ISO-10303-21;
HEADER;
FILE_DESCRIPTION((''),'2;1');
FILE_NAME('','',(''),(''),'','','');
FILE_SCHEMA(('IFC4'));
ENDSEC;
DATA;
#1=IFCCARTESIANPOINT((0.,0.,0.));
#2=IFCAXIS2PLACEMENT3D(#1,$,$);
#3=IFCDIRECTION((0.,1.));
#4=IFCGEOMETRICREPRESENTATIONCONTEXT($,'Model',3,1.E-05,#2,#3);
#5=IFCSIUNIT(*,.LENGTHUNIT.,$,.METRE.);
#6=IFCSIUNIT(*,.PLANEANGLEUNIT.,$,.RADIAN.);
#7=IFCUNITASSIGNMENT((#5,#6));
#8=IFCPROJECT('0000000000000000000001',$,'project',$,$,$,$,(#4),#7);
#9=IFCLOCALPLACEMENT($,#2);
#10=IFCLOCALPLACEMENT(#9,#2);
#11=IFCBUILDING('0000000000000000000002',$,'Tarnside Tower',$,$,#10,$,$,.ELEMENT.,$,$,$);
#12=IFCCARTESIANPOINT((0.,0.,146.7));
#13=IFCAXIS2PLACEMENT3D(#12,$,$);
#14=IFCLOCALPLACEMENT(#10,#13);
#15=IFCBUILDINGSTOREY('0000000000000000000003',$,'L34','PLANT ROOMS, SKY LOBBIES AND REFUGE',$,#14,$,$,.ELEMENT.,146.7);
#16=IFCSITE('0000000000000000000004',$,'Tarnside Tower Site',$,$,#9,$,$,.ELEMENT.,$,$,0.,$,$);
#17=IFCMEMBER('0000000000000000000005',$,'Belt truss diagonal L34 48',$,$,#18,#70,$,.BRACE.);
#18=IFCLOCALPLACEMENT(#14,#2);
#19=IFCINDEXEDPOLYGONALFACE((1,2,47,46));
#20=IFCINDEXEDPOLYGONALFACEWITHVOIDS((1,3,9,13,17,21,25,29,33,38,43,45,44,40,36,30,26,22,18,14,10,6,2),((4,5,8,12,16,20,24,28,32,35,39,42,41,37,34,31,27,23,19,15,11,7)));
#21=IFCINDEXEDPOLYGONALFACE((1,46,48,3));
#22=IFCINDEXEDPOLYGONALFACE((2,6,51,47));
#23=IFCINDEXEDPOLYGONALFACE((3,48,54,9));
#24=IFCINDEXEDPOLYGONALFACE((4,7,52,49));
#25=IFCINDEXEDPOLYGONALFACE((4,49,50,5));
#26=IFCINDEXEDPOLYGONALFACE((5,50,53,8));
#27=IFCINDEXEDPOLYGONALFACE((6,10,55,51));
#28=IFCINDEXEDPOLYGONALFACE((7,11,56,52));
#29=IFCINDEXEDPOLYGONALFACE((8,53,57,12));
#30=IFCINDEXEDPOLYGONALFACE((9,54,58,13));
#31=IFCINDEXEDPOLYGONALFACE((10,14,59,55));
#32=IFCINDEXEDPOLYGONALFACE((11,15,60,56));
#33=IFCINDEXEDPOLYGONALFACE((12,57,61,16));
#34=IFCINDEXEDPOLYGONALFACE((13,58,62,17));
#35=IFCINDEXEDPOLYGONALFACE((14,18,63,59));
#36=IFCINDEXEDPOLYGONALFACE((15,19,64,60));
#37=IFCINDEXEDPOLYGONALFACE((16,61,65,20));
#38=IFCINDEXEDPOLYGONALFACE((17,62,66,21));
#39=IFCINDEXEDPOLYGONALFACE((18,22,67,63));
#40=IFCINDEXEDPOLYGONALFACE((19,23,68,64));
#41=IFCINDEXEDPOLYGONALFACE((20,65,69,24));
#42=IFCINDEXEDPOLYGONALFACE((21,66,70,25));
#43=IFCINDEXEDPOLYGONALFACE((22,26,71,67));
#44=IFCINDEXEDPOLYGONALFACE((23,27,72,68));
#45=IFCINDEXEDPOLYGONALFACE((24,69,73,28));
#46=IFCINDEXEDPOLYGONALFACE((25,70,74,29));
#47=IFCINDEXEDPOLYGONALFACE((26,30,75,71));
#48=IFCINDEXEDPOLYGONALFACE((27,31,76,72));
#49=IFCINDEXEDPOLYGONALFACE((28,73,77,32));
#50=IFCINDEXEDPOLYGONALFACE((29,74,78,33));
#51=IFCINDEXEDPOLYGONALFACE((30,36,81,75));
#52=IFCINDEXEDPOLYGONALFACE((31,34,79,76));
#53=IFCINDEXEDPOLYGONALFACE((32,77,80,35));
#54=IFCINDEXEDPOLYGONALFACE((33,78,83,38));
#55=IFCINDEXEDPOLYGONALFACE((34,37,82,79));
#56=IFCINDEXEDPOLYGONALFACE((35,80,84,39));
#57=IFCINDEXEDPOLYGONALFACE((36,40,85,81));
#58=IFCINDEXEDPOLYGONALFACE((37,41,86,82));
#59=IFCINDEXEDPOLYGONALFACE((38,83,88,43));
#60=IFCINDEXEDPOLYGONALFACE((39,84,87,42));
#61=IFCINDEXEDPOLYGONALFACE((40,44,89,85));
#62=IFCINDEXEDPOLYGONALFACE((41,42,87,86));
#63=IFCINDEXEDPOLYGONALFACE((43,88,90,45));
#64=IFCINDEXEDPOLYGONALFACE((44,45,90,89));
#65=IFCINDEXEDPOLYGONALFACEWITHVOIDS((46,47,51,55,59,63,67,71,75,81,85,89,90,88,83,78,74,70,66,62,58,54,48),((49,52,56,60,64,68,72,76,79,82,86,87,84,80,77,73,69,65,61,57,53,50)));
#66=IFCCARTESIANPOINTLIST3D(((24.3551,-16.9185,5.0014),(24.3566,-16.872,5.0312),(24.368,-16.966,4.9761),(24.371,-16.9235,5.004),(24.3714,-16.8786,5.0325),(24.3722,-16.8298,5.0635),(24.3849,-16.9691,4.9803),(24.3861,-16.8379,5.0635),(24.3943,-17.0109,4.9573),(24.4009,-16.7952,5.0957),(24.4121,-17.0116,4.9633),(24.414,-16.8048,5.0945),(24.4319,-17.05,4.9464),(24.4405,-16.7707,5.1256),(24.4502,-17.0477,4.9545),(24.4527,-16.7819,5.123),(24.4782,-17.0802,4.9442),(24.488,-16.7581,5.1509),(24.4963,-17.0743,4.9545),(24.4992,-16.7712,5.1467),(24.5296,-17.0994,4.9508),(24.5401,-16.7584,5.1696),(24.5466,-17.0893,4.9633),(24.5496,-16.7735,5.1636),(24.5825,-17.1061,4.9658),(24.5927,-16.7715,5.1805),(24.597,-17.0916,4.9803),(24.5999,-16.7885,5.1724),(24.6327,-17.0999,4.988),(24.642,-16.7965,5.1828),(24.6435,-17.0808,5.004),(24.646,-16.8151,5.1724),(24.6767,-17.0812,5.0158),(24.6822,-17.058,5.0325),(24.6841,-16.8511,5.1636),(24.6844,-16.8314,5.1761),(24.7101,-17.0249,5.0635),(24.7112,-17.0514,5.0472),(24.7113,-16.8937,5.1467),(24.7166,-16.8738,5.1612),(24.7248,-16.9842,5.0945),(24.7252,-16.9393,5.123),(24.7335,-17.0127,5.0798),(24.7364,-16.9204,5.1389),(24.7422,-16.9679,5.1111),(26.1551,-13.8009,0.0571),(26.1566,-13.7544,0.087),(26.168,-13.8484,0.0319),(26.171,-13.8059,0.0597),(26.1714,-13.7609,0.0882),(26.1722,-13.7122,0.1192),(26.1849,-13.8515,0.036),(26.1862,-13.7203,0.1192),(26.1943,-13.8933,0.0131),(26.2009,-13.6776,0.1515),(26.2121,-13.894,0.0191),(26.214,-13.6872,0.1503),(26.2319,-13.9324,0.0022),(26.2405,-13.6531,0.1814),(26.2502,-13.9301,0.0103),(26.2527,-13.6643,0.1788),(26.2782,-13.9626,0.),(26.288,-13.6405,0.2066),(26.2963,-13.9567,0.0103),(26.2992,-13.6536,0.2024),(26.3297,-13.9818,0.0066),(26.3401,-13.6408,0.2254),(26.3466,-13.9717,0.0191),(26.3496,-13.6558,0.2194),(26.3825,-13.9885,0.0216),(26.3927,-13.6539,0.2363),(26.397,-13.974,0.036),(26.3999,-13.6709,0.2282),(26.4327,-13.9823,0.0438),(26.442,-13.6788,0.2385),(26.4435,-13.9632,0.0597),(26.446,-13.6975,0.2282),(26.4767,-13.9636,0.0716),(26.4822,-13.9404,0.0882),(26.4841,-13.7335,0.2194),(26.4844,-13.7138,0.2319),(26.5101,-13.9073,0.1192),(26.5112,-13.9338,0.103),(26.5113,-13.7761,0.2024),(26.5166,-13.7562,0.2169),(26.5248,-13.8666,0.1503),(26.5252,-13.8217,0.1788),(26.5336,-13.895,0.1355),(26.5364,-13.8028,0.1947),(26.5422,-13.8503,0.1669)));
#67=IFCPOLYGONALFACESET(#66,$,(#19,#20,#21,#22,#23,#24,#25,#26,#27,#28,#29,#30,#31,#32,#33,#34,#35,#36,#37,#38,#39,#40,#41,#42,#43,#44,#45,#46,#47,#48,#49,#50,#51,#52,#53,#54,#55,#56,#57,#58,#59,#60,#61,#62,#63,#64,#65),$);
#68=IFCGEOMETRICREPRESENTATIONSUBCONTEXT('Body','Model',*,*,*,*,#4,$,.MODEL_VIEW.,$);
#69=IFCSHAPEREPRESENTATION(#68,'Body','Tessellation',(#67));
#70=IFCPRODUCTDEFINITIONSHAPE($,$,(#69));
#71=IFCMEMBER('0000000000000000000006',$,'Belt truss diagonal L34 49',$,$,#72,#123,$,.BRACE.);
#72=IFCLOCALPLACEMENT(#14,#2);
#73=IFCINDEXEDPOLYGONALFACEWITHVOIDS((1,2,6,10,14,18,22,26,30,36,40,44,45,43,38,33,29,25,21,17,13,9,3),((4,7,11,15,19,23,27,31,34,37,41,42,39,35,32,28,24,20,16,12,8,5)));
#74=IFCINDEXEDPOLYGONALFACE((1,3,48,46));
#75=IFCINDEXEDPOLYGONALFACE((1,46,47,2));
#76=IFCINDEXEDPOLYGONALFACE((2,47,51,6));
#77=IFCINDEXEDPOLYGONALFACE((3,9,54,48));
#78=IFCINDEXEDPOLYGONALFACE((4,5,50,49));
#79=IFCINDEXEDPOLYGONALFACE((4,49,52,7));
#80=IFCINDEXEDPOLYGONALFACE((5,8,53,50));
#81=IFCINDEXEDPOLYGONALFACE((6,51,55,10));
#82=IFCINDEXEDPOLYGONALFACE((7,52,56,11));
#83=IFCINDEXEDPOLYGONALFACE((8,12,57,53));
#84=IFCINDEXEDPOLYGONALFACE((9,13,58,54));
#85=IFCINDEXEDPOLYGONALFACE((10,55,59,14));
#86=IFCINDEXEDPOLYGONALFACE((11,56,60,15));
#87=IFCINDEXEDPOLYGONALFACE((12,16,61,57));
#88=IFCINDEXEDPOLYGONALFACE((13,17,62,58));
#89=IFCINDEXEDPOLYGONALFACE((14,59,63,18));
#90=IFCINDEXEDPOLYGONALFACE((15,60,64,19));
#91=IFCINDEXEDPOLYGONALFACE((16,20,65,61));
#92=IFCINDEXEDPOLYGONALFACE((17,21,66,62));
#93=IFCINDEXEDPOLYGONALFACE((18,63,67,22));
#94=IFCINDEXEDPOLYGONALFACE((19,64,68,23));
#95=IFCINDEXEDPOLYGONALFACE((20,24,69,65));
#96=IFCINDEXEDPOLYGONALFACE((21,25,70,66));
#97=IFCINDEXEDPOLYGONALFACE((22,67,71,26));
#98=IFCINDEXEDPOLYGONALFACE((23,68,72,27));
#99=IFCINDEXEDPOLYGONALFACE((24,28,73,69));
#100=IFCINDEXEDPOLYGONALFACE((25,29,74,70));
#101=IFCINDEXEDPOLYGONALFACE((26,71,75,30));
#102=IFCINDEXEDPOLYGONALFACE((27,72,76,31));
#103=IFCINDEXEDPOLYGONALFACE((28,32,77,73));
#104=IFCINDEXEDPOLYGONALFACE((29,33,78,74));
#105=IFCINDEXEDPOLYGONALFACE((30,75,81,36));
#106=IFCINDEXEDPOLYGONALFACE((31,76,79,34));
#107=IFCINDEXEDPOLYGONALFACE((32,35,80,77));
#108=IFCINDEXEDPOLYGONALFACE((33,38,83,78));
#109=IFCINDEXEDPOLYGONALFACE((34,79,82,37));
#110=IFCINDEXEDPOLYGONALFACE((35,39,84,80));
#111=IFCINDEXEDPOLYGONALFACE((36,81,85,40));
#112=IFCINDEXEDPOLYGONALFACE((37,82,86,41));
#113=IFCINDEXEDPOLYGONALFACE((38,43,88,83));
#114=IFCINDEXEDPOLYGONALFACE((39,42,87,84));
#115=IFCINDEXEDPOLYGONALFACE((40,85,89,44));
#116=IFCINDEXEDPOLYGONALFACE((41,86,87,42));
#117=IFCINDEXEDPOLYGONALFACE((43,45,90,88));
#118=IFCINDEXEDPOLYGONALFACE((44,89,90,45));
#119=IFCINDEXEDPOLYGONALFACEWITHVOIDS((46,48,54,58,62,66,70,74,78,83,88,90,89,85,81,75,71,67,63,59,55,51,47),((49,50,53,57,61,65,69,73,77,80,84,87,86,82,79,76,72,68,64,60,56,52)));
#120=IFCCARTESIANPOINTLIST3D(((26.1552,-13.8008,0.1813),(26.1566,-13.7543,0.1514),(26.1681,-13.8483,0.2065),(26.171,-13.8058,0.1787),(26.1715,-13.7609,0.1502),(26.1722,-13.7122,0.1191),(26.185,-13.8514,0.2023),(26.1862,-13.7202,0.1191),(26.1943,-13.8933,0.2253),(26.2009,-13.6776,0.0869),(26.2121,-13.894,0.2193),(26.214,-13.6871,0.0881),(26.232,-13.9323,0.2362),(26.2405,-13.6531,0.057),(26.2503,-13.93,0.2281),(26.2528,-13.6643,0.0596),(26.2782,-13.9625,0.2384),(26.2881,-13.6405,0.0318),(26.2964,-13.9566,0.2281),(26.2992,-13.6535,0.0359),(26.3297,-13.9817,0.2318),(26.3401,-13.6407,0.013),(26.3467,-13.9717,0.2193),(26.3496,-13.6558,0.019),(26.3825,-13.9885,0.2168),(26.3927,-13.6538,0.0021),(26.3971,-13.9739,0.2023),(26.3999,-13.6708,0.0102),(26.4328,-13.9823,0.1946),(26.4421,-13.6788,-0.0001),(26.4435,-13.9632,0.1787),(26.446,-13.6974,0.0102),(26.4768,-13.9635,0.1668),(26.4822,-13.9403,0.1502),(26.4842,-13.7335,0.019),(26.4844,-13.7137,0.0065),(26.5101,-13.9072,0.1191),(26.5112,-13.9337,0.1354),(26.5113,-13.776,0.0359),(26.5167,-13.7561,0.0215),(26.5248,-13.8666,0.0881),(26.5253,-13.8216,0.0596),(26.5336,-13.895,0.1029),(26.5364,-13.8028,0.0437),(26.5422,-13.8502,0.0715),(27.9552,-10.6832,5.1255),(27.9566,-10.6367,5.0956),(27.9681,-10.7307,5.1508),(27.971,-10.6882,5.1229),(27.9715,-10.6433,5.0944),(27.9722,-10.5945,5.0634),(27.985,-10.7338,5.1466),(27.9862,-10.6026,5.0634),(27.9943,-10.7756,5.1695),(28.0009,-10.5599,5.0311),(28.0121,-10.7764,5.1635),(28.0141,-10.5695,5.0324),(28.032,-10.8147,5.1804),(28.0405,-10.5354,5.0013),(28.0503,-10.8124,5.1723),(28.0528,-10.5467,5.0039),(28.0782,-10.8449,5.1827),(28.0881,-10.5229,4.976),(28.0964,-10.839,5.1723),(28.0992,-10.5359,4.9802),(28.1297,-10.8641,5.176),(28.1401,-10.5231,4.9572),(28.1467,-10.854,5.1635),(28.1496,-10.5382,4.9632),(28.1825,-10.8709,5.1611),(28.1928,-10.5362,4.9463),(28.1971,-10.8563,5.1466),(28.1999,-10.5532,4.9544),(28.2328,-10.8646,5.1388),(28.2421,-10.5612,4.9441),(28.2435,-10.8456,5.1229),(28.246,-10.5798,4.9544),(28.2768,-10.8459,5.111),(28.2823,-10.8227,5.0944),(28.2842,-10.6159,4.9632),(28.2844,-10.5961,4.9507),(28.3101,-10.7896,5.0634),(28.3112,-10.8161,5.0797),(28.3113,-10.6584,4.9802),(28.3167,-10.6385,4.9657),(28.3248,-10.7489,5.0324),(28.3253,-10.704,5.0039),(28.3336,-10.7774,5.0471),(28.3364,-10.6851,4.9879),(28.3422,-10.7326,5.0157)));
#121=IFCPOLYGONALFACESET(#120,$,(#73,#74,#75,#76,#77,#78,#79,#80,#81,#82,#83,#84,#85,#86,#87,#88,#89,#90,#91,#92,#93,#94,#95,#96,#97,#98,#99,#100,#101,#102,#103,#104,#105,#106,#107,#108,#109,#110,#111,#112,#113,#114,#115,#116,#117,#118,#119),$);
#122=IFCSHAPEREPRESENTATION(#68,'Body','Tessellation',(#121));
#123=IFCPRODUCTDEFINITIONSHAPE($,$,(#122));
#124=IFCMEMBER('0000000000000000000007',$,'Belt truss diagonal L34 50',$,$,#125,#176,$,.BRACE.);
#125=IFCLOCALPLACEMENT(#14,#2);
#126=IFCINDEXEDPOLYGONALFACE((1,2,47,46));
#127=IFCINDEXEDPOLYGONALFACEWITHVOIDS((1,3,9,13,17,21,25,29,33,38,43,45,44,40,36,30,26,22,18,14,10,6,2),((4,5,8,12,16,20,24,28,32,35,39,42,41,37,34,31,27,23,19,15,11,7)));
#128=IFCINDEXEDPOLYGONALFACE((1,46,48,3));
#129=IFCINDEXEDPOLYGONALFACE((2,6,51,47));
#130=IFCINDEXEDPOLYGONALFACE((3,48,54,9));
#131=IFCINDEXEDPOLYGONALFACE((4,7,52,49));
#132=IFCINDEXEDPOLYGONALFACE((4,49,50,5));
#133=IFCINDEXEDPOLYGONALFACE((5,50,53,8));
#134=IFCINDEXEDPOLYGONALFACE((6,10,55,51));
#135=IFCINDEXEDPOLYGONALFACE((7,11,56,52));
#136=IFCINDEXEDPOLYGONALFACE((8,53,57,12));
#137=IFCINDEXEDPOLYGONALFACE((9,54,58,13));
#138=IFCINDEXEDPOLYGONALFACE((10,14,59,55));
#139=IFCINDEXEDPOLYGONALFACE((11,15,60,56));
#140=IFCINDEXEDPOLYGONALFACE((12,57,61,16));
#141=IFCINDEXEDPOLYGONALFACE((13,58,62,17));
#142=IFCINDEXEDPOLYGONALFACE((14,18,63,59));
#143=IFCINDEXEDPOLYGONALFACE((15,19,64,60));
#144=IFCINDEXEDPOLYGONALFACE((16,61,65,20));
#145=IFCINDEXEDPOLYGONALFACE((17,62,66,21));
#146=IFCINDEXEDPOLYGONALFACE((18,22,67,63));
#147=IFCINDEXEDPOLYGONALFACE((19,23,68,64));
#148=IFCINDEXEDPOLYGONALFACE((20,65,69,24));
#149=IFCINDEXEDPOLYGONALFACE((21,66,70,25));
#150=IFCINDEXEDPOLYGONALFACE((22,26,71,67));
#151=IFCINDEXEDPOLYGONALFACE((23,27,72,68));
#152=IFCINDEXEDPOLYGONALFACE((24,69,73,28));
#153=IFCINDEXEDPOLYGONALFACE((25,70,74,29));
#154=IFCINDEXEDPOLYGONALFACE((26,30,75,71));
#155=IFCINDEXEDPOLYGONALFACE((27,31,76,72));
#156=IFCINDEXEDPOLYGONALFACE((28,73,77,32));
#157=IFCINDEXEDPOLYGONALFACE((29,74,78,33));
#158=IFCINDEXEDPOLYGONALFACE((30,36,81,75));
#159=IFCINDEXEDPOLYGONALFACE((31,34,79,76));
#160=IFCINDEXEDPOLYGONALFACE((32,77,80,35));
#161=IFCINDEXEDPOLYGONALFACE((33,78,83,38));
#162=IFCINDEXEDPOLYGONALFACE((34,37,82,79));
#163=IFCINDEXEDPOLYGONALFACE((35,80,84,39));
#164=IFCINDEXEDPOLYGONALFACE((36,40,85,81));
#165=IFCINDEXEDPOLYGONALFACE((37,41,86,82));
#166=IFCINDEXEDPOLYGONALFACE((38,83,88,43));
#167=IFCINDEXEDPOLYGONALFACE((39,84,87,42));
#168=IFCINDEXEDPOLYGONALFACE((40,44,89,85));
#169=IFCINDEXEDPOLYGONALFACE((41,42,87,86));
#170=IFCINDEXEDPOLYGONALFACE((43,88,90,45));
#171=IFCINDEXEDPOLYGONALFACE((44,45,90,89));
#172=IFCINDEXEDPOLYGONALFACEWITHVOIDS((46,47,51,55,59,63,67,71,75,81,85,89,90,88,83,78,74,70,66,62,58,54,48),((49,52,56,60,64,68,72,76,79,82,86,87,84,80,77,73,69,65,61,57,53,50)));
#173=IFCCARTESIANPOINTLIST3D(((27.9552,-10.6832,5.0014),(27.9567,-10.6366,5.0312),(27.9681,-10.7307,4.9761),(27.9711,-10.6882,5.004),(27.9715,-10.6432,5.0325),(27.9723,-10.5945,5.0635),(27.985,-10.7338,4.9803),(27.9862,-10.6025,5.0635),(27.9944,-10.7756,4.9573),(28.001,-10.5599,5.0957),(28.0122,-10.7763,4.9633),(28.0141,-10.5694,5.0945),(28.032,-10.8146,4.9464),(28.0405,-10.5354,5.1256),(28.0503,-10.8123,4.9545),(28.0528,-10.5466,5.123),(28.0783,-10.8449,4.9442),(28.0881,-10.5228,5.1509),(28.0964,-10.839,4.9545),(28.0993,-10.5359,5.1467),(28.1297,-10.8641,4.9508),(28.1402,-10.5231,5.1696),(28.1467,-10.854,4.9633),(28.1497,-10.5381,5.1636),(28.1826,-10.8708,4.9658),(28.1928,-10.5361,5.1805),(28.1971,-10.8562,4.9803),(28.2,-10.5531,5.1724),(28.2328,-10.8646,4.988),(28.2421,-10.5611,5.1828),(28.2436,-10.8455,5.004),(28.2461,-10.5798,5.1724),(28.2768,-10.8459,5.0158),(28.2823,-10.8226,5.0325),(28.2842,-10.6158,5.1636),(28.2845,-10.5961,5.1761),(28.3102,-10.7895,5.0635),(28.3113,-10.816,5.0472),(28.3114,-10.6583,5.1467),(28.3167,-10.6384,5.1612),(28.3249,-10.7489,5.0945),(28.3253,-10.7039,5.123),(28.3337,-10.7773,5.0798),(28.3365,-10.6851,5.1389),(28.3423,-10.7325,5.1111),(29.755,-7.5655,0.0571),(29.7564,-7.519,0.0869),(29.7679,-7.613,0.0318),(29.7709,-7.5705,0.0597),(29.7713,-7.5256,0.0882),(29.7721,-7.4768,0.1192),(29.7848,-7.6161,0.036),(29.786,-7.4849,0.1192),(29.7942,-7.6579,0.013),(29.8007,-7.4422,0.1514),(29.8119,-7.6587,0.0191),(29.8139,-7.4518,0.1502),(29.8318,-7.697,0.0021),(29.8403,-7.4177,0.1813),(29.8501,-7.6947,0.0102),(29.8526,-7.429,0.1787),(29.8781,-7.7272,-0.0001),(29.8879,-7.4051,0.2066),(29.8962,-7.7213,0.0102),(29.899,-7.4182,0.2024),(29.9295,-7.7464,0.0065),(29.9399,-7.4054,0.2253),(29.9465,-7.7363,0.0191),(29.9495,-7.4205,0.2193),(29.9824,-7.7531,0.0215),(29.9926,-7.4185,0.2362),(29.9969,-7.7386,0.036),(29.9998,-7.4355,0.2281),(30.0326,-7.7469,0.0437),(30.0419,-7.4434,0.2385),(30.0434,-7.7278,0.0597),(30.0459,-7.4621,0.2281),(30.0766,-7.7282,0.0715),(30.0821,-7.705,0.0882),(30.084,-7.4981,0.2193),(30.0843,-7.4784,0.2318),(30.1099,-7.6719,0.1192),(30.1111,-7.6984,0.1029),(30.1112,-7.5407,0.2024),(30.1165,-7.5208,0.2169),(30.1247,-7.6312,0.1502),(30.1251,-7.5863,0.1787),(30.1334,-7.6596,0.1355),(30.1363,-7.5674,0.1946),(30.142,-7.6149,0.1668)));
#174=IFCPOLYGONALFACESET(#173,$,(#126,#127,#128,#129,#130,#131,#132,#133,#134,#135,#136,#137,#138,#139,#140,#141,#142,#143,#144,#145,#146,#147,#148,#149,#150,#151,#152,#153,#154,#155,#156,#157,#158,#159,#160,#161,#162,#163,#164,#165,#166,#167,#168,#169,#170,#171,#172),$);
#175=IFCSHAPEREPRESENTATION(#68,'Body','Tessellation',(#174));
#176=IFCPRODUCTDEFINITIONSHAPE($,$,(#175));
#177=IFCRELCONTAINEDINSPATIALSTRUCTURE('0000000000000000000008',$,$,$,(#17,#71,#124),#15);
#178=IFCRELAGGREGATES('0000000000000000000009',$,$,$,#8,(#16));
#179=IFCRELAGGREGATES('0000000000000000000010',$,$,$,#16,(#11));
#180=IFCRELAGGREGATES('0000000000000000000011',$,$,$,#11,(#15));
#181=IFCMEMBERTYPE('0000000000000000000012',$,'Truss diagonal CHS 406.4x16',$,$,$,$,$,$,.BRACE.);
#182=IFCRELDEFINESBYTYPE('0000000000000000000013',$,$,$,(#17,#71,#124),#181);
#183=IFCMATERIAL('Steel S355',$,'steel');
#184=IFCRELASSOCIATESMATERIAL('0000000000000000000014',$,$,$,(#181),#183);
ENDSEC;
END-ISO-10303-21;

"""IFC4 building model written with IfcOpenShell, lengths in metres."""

from ifc_helpers import new_model, si_unit, direction, frame, origin, origin_2d, place, context, subcontext, project, spatial, hollow_circle, extrude, material, material_profile, profile_set, type_object, element, save


model = new_model("IFC4")

# Units and contexts
model_context = context("Model", 3, precision=1e-05, world=origin(), true_north=direction((0.0, 1.0)))
body_context = subcontext(model_context, "Body", "Model", "MODEL_VIEW")
ifc_project = project(units=[si_unit("LENGTHUNIT", "METRE"), si_unit("PLANEANGLEUNIT", "RADIAN")], contexts=[model_context])

# Site, building, storey
site_placement = place(None, origin())
site = spatial("IfcSite", under=ifc_project, at=site_placement, Name="Tarnside Tower Site", CompositionType="ELEMENT", RefElevation=0.0)
building_placement = place(site_placement, origin())
building = spatial("IfcBuilding", under=site, at=building_placement, Name="Tarnside Tower", CompositionType="ELEMENT")
storey_placement = place(building_placement, frame((0.0, 0.0, 146.7)))
storey = spatial("IfcBuildingStorey", under=building, at=storey_placement, Name="L34", Description="PLANT ROOMS, SKY LOBBIES AND REFUGE", CompositionType="ELEMENT", Elevation=146.7)

# Shared definitions
ifc_material_1 = material(Name="Steel S355", Category="steel")

# Members
ifc_material_profile_1 = material_profile(ifc_material_1, hollow_circle(Radius=0.2031, WallThickness=0.0161, at=origin_2d()), Name="CHS 406.4x16")
ifc_profile_set_1 = profile_set([ifc_material_profile_1], Name="Steel S355")
member_type_1 = type_object("IfcMemberType", Name="Truss diagonal CHS 406.4x16", PredefinedType="BRACE", material=ifc_profile_set_1)
for number, where, z_axis, x_axis, name in (
    (1, (24.5481, -16.9314, 5.0635), (0.294314, 0.50975, -0.808415), (-0.866018, 0.500012, 0.0), "Belt truss diagonal L34 48"),
    (2, (26.3481, -13.8137, 0.1191), (0.294314, 0.50975, 0.808415), (-0.866018, 0.500012, 0.0), "Belt truss diagonal L34 49"),
    (3, (28.1482, -10.696, 5.0635), (0.294277, 0.509756, -0.808424), (-0.866048, 0.499961, 0.0), "Belt truss diagonal L34 50"),
):
    element("IfcMember", number, at=place(storey_placement, frame(where, z_axis=z_axis, x_axis=x_axis)), inside=storey, type_object=member_type_1, Name=name, PredefinedType="BRACE", context=body_context, shape_type="SweptSolid", body=[
        extrude(hollow_circle(Radius=0.2031, WallThickness=0.0161, at=origin_2d()), origin(), (0.0, 0.0, 1.0), 6.116),
    ])

save(model, "model.ifc")
